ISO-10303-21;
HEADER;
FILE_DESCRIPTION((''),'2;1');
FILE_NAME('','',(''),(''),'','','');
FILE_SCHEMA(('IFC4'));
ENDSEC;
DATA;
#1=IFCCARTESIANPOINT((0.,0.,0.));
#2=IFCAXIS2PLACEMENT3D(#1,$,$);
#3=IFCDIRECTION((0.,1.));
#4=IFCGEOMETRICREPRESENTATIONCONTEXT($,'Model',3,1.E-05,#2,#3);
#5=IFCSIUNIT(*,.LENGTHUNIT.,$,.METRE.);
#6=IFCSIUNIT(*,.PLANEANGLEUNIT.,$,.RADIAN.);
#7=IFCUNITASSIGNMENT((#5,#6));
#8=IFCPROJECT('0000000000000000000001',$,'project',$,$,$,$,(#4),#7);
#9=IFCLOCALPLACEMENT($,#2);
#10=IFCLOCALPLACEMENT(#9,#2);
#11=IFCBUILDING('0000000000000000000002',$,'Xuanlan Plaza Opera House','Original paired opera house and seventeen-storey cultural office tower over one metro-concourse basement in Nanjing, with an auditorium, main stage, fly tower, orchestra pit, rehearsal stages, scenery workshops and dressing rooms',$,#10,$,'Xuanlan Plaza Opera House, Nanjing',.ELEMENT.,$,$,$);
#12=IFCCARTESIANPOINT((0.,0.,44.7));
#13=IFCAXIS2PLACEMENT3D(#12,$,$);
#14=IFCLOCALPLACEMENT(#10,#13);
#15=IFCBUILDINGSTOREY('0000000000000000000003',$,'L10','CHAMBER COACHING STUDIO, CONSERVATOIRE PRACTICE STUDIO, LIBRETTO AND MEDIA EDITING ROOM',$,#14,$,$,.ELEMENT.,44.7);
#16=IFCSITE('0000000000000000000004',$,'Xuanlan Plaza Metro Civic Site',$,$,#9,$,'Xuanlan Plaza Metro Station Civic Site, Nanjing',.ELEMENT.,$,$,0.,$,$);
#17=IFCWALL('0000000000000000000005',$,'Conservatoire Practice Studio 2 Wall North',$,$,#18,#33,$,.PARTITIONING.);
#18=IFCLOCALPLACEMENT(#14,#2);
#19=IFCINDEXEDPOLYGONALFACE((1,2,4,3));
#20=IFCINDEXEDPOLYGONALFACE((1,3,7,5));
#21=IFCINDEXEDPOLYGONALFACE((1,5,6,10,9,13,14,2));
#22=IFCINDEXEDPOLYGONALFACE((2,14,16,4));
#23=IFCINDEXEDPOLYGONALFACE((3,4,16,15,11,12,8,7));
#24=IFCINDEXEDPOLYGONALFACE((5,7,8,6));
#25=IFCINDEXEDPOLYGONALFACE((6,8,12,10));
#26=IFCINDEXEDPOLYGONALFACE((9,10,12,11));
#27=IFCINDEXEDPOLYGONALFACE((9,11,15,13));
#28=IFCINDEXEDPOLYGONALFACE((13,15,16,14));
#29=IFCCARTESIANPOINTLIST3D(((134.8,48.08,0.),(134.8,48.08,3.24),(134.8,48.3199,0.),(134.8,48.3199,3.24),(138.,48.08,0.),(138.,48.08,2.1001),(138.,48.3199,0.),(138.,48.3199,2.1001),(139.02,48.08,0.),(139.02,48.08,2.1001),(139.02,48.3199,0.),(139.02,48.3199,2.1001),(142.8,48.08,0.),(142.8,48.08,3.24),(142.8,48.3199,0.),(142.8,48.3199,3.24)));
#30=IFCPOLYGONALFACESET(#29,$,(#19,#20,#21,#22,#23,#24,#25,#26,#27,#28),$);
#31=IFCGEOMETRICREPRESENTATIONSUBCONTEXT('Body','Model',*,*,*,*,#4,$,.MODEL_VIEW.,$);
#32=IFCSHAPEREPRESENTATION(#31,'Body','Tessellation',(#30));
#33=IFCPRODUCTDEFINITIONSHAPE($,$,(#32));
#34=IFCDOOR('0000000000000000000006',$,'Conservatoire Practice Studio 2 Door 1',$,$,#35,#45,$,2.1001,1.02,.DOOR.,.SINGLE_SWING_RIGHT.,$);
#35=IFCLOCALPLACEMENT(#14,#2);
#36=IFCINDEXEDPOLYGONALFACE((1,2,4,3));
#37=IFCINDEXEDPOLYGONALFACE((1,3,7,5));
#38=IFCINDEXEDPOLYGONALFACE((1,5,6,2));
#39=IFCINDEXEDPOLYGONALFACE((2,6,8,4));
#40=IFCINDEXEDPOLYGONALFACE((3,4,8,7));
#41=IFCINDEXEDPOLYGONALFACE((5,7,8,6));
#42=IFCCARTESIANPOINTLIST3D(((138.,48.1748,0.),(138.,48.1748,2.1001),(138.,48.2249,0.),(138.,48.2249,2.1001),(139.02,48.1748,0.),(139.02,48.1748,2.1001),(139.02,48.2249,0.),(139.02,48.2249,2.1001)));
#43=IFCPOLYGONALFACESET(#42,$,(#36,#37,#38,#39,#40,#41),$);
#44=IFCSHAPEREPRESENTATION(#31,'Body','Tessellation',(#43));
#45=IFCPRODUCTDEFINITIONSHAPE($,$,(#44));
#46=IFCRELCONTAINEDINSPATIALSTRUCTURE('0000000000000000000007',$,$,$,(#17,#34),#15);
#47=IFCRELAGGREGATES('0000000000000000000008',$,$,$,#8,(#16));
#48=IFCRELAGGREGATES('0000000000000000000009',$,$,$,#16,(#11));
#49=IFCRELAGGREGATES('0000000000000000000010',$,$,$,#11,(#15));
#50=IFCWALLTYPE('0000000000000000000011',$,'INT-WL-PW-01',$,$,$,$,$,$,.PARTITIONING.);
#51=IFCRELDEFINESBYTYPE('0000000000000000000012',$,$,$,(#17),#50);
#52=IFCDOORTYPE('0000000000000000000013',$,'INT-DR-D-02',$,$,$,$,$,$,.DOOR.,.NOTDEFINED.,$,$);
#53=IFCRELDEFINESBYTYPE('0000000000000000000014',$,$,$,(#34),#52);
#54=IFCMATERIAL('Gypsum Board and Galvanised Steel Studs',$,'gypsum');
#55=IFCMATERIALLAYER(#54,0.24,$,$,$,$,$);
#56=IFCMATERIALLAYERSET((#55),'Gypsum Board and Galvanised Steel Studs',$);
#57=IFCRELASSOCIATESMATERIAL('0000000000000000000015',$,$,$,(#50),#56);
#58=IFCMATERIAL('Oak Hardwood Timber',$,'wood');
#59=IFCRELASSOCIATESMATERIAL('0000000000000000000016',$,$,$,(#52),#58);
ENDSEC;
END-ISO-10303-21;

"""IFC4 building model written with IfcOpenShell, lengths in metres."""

from ifc_helpers import new_model, si_unit, direction, frame, frame_2d, origin, place, context, subcontext, project, spatial, rectangle, extrude, material, layer, layer_set, type_object, element, fill, save


model = new_model("IFC4")

# Units and contexts
model_context = context("Model", 3, precision=1e-05, world=origin(), true_north=direction((0.0, 1.0)))
body_context = subcontext(model_context, "Body", "Model", "MODEL_VIEW")
ifc_project = project(units=[si_unit("LENGTHUNIT", "METRE"), si_unit("PLANEANGLEUNIT", "RADIAN")], contexts=[model_context])

# Site, building, storey
site_placement = place(None, origin())
site = spatial("IfcSite", under=ifc_project, at=site_placement, Name="Xuanlan Plaza Metro Civic Site", LongName="Xuanlan Plaza Metro Station Civic Site, Nanjing", CompositionType="ELEMENT", RefElevation=0.0)
building_placement = place(site_placement, origin())
building = spatial("IfcBuilding", under=site, at=building_placement, Name="Xuanlan Plaza Opera House", Description="Original paired opera house and seventeen-storey cultural office tower over one metro-concourse basement in Nanjing, with an auditorium, main stage, fly tower, orchestra pit, rehearsal stages, scenery workshops and dressing rooms", LongName="Xuanlan Plaza Opera House, Nanjing", CompositionType="ELEMENT")
storey_placement = place(building_placement, frame((0.0, 0.0, 44.7)))
storey = spatial("IfcBuildingStorey", under=building, at=storey_placement, Name="L10", Description="CHAMBER COACHING STUDIO, CONSERVATOIRE PRACTICE STUDIO, LIBRETTO AND MEDIA EDITING ROOM", CompositionType="ELEMENT", Elevation=44.7)

# Wall, opening, door
ifc_material_1 = material(Name="Gypsum Board and Galvanised Steel Studs", Category="gypsum")
ifc_layer_1 = layer(ifc_material_1, 0.24)
ifc_layer_set_1 = layer_set([ifc_layer_1], Name="Gypsum Board and Galvanised Steel Studs")
wall_type = type_object("IfcWallType", Name="INT-WL-PW-01", PredefinedType="PARTITIONING", material=ifc_layer_set_1)
ifc_material_2 = material(Name="Oak Hardwood Timber", Category="wood")
wall_1_placement = place(storey_placement, frame((134.8, 48.2, 0.0), z_axis=(0.0, 0.0, 1.0), x_axis=(1.0, 0.0, 0.0)))
wall_1 = element("IfcWall", 1, at=wall_1_placement, inside=storey, type_object=wall_type, Name="Conservatoire Practice Studio 2 Wall North", PredefinedType="PARTITIONING", context=body_context, shape_type="SweptSolid", body=[
    extrude(rectangle(XDim=8.0, YDim=0.24, at=frame_2d((4.0, 0.0))), origin(), (0.0, 0.0, 1.0), 3.24),
])
opening_1_placement = place(wall_1_placement, frame((3.2, 0.0, 0.0)))
opening_1 = element("IfcOpeningElement", 2, at=opening_1_placement, cuts=wall_1, PredefinedType="OPENING", context=body_context, shape_type="SweptSolid", body=[
    extrude(rectangle(XDim=1.02, YDim=2.1001, at=frame_2d((0.51, 1.05))), frame((0.0, 0.1299, 0.0), z_axis=(0.0, -1.0, 0.0), x_axis=(1.0, 0.0, 0.0)), (0.0, 0.0, 1.0), 0.26),
])
door_type_1 = type_object("IfcDoorType", Name="INT-DR-D-02", OperationType="NOTDEFINED", PredefinedType="DOOR", material=ifc_material_2)
door_1_placement = place(opening_1_placement, origin())
door_1 = element("IfcDoor", 3, at=door_1_placement, inside=storey, type_object=door_type_1, Name="Conservatoire Practice Studio 2 Door 1", OperationType="SINGLE_SWING_RIGHT", OverallHeight=2.1001, OverallWidth=1.02, PredefinedType="DOOR", context=body_context, shape_type="SweptSolid", body=[
    extrude(rectangle(XDim=1.02, YDim=2.1001, at=frame_2d((0.51, 1.05))), frame((0.0, 0.0249, 0.0), z_axis=(0.0, -1.0, 0.0), x_axis=(1.0, 0.0, 0.0)), (0.0, 0.0, 1.0), 0.05),
])
fill(opening_1, door_1)

save(model, "model.ifc")
